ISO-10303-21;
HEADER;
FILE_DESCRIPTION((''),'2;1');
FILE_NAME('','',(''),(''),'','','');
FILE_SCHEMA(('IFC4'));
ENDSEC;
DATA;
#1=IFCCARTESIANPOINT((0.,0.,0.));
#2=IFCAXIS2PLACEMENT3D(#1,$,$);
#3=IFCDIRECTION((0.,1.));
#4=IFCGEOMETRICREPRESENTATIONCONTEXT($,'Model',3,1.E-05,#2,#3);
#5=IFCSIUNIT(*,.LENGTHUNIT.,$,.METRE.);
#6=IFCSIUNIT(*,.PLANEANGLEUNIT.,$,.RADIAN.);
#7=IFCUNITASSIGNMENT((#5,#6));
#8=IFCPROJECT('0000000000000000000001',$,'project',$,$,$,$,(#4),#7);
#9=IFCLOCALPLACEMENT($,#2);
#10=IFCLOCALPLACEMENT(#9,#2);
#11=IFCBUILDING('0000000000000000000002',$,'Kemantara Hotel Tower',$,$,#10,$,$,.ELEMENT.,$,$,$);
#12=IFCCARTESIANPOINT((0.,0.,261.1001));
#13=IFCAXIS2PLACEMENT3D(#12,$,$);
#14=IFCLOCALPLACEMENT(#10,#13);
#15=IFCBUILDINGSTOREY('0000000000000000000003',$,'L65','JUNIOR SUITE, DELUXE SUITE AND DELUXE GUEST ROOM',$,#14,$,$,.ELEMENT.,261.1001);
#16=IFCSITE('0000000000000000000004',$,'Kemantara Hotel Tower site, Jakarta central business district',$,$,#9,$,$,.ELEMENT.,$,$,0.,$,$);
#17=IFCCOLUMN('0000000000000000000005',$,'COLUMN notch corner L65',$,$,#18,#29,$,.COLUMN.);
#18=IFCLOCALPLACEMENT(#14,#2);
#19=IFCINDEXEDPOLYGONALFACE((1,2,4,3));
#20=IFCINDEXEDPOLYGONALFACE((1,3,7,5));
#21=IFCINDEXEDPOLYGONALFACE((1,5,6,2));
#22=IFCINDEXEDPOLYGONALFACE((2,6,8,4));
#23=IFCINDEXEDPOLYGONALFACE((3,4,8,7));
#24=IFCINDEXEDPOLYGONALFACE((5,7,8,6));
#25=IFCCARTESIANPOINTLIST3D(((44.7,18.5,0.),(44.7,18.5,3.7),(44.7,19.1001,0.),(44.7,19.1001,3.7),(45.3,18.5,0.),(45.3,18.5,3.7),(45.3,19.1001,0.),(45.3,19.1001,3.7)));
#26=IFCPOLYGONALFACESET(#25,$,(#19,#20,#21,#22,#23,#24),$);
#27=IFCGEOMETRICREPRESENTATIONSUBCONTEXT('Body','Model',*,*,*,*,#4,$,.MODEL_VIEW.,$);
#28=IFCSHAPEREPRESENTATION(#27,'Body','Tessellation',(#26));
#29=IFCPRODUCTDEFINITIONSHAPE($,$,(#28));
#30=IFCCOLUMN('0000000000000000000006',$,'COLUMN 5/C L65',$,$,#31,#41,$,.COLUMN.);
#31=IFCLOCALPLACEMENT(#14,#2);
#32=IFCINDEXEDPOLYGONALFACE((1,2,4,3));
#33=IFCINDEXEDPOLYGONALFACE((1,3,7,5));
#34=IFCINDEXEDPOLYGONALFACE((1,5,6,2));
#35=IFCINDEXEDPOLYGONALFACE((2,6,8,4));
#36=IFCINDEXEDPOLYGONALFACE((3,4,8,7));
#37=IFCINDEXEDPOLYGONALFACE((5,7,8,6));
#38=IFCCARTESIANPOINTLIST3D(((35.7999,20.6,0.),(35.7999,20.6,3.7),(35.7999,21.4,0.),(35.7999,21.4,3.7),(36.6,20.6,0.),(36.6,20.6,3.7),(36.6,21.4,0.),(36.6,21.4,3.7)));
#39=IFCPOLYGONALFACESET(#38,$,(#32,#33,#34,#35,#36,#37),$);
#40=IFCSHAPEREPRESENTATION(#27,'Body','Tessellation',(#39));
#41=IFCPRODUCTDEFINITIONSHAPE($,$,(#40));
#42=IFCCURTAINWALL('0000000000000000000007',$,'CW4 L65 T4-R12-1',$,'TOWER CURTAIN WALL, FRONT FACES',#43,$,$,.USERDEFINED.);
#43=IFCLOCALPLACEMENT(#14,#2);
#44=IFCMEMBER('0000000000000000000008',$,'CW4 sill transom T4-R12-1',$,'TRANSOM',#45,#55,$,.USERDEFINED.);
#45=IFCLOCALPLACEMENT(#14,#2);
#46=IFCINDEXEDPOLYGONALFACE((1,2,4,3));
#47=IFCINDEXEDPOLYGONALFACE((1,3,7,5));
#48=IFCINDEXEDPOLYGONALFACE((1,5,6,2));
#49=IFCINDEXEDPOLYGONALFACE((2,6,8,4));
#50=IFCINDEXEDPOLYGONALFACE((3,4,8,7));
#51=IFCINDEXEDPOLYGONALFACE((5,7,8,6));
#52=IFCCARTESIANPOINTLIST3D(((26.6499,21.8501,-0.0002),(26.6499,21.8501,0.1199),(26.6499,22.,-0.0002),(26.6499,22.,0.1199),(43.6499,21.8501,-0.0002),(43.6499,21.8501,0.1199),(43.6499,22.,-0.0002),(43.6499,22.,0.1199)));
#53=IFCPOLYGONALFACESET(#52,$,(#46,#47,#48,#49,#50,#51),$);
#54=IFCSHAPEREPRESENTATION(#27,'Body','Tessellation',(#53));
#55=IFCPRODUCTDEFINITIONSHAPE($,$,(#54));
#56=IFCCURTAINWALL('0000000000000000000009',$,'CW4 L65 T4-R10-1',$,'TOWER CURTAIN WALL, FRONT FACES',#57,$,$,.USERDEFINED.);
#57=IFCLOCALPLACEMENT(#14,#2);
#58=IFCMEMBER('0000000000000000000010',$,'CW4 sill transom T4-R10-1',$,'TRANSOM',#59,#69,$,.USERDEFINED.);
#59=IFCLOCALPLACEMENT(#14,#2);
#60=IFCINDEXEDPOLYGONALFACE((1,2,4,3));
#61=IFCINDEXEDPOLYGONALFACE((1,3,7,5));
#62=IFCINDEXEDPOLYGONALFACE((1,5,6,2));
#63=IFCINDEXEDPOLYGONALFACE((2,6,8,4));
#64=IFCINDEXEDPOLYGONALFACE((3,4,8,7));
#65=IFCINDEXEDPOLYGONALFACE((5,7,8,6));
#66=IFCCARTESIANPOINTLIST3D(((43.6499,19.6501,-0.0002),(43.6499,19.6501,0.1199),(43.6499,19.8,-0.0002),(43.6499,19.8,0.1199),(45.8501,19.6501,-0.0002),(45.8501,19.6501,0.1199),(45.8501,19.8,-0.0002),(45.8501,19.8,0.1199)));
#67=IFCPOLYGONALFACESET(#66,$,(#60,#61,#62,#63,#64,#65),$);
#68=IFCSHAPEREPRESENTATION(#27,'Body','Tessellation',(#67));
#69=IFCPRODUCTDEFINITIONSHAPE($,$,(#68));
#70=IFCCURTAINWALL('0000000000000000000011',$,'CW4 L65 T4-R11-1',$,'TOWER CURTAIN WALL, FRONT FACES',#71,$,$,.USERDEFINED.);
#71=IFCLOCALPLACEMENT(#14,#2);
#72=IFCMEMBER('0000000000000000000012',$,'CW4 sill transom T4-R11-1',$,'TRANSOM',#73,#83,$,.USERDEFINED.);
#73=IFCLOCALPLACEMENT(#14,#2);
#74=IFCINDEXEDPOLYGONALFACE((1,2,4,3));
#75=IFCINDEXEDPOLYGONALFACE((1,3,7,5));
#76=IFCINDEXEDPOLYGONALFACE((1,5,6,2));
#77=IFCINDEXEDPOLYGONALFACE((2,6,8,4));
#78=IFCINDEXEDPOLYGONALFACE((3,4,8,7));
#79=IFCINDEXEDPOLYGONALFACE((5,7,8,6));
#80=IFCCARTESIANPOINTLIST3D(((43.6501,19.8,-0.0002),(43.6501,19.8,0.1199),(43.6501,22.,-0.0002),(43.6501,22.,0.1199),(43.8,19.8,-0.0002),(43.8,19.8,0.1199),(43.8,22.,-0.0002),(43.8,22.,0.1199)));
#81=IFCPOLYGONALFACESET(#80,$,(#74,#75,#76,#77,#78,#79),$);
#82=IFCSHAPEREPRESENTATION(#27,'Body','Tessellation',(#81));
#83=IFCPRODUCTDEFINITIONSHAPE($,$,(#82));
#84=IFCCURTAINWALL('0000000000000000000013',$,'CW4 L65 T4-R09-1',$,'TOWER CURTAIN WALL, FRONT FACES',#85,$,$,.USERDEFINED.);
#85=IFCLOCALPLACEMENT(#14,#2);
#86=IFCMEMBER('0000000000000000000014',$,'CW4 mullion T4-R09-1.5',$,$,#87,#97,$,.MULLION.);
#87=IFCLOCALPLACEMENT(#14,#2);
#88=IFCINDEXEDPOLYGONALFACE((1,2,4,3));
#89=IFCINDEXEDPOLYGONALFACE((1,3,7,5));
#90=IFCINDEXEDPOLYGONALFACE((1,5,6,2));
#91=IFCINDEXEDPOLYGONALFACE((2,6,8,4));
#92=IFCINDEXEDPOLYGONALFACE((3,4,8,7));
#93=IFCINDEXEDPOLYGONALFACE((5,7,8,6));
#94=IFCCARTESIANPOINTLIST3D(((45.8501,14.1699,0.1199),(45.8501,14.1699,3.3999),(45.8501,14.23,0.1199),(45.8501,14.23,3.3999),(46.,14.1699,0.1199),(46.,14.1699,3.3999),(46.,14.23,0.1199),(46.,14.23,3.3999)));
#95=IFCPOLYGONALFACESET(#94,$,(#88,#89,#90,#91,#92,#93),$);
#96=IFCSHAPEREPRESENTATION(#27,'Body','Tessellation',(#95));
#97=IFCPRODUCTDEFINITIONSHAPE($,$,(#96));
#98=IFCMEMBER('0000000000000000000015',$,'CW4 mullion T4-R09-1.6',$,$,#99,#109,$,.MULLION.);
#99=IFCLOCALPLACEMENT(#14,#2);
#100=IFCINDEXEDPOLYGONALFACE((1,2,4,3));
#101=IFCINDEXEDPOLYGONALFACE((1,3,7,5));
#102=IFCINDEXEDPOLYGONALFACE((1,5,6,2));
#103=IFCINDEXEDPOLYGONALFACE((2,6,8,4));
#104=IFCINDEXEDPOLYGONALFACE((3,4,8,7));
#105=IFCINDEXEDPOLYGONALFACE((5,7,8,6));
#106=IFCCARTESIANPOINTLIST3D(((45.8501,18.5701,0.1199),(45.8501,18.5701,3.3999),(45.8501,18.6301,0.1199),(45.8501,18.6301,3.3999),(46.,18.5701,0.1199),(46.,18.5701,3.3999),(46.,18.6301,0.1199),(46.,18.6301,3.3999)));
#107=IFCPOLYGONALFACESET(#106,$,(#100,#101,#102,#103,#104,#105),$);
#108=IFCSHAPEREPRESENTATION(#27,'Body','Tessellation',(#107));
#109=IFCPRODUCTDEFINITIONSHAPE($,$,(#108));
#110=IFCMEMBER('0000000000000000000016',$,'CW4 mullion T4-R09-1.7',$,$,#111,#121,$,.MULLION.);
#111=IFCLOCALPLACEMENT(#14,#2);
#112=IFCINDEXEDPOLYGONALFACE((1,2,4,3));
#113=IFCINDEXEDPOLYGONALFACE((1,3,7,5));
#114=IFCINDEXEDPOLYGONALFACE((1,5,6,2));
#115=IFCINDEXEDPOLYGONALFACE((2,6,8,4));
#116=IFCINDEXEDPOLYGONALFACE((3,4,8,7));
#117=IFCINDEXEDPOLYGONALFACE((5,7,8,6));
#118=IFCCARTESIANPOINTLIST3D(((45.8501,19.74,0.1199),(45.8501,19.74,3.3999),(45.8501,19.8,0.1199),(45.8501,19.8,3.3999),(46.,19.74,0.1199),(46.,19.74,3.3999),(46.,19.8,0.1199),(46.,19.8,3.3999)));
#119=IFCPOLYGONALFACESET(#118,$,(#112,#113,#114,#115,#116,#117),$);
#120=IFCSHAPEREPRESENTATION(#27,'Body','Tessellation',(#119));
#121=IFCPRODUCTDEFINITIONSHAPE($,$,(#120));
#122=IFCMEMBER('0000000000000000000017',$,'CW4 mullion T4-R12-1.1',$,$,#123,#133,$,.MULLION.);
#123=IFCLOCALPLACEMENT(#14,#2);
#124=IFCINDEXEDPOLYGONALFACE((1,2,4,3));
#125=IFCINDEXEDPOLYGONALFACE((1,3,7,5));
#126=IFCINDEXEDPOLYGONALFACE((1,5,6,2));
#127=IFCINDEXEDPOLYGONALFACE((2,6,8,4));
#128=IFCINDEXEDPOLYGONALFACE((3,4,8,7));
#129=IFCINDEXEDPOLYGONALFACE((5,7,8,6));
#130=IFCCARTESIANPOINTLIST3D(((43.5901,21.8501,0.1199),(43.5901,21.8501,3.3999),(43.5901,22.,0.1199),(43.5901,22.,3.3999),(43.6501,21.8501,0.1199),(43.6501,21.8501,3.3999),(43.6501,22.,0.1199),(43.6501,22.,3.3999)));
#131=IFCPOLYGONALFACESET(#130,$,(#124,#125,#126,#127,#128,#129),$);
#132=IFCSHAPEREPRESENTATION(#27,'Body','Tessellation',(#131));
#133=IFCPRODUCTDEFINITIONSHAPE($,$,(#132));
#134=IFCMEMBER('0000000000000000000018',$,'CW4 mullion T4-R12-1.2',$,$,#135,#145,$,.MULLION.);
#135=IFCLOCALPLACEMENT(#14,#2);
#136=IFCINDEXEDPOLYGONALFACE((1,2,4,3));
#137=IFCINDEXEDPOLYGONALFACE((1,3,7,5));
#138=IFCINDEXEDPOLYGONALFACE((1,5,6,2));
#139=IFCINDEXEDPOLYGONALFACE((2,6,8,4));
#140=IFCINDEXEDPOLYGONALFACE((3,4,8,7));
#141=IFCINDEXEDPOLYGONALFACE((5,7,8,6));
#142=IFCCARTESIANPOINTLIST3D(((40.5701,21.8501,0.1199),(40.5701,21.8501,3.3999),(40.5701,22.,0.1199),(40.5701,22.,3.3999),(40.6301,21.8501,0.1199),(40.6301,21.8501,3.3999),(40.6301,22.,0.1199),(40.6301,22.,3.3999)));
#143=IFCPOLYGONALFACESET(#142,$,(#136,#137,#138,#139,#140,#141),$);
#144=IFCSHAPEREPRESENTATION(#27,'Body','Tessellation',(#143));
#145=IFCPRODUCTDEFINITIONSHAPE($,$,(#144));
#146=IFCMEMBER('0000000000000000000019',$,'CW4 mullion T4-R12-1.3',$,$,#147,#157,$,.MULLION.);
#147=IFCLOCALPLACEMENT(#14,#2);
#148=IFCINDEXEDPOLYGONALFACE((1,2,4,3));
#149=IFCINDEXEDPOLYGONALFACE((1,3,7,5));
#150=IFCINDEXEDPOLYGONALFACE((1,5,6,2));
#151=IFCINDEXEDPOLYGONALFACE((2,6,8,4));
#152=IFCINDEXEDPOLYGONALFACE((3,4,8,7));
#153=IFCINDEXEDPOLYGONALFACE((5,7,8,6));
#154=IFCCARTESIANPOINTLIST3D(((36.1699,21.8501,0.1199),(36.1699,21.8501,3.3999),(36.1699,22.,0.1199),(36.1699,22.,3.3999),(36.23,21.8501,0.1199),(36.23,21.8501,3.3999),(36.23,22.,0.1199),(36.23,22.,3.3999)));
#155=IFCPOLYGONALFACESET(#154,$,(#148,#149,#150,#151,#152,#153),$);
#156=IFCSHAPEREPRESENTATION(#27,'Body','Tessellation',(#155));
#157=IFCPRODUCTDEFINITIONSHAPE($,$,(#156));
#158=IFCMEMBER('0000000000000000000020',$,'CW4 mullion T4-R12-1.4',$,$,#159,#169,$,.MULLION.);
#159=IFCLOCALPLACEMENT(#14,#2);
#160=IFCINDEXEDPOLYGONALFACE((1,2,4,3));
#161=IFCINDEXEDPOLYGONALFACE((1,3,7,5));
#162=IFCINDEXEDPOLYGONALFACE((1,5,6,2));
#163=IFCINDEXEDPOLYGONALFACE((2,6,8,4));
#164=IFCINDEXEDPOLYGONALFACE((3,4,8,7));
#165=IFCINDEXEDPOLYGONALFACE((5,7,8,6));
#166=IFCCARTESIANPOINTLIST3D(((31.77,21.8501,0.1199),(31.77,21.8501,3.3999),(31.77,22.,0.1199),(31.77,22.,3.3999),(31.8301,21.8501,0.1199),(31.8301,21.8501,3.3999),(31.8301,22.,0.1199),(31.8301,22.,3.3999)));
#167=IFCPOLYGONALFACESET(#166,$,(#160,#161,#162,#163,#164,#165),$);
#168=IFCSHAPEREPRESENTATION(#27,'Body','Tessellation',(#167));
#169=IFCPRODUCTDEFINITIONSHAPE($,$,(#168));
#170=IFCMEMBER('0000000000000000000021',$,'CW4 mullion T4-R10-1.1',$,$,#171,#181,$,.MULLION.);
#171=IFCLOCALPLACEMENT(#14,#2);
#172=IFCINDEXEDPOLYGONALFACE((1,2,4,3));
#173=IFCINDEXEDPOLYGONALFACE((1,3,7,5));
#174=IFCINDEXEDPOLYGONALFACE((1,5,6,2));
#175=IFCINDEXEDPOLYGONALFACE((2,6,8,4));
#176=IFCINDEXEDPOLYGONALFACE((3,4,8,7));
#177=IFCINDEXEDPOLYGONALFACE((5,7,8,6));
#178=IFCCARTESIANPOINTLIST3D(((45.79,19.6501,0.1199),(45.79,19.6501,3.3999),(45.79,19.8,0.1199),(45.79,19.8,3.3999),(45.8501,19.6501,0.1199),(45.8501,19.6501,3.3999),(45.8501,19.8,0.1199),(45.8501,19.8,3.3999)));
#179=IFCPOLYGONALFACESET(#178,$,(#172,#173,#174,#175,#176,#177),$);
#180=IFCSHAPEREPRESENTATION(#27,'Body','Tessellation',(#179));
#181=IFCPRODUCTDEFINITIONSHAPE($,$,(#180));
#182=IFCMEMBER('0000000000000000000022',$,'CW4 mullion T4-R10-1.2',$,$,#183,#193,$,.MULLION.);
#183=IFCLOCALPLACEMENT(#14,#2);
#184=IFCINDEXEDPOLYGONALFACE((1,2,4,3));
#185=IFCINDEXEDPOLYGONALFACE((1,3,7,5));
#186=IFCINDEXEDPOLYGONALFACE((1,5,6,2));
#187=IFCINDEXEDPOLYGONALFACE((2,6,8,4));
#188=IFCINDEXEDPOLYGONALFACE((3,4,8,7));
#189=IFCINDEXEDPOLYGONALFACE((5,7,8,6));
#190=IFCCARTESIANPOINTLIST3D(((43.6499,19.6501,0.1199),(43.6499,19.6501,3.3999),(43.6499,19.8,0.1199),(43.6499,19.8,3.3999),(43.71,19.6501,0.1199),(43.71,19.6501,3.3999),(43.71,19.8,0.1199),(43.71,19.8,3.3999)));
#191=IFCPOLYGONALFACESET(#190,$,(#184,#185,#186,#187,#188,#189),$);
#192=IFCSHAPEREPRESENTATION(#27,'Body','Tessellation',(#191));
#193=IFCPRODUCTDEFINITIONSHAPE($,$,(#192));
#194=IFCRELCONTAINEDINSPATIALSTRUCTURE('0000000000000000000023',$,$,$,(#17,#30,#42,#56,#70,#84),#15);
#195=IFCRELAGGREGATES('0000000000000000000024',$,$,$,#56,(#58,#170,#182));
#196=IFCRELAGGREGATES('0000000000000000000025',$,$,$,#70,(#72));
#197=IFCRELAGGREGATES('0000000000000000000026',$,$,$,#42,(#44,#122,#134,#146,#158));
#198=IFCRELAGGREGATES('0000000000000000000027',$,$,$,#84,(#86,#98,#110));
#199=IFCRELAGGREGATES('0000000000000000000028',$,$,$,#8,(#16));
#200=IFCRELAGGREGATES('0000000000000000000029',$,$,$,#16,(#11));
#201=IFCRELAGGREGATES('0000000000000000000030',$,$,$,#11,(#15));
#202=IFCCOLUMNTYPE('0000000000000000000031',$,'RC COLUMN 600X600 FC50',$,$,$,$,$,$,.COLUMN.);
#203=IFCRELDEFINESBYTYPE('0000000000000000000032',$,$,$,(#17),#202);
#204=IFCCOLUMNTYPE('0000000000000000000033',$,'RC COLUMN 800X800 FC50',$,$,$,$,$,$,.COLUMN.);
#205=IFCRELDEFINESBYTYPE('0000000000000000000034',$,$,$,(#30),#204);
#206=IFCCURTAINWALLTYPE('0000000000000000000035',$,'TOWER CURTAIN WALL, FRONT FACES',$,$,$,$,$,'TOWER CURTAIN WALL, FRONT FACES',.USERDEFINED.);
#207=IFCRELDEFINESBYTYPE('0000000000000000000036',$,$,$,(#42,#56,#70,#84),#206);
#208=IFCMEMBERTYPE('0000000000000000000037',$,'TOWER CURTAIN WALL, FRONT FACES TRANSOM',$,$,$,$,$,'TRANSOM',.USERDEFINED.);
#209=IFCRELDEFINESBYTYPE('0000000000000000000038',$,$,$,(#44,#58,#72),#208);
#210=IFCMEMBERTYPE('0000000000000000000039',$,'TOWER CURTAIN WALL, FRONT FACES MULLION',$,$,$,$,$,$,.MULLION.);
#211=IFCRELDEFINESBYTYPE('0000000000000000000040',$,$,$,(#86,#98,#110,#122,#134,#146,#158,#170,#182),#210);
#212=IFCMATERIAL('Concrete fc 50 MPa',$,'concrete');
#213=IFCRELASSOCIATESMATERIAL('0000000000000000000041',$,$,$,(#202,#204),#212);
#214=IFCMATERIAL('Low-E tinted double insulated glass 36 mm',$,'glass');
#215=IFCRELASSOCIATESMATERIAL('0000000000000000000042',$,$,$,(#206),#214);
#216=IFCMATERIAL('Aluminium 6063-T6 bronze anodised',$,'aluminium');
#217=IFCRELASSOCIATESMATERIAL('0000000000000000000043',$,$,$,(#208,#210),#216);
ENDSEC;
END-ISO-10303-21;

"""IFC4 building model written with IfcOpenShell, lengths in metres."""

from ifc_helpers import new_model, si_unit, direction, frame, origin, origin_2d, place, context, subcontext, project, spatial, rectangle, extrude, source, transform, mapped, material, material_profile, profile_set, type_object, element, aggregate, save


model = new_model("IFC4")

# Units and contexts
model_context = context("Model", 3, precision=1e-05, world=origin(), true_north=direction((0.0, 1.0)))
body_context = subcontext(model_context, "Body", "Model", "MODEL_VIEW")
ifc_project = project(units=[si_unit("LENGTHUNIT", "METRE"), si_unit("PLANEANGLEUNIT", "RADIAN")], contexts=[model_context])

# Site, building, storey
site_placement = place(None, origin())
site = spatial("IfcSite", under=ifc_project, at=site_placement, Name="Kemantara Hotel Tower site, Jakarta central business district", CompositionType="ELEMENT", RefElevation=0.0)
building_placement = place(site_placement, origin())
building = spatial("IfcBuilding", under=site, at=building_placement, Name="Kemantara Hotel Tower", CompositionType="ELEMENT")
storey_placement = place(building_placement, frame((0.0, 0.0, 261.1001)))
storey = spatial("IfcBuildingStorey", under=building, at=storey_placement, Name="L65", Description="JUNIOR SUITE, DELUXE SUITE AND DELUXE GUEST ROOM", CompositionType="ELEMENT", Elevation=261.1001)

# Columns
ifc_material_1 = material(Name="Concrete fc 50 MPa", Category="concrete")
ifc_material_profile_1 = material_profile(ifc_material_1, rectangle(XDim=0.6001, YDim=0.6001, at=origin_2d()), Name="RC 600X600")
ifc_profile_set_1 = profile_set([ifc_material_profile_1], Name="Concrete fc 50 MPa")
column_type_1 = type_object("IfcColumnType", Name="RC COLUMN 600X600 FC50", PredefinedType="COLUMN", material=ifc_profile_set_1)
column_1_placement = place(storey_placement, frame((45.0, 18.8, 0.0), z_axis=(0.0, 0.0, 1.0), x_axis=(1.0, 0.0, 0.0)))
element("IfcColumn", 1, at=column_1_placement, inside=storey, type_object=column_type_1, Name="COLUMN notch corner L65", PredefinedType="COLUMN", context=body_context, shape_type="SweptSolid", body=[
    extrude(rectangle(XDim=0.6001, YDim=0.6001, at=origin_2d()), origin(), (0.0, 0.0, 1.0), 3.7),
])
ifc_material_profile_2 = material_profile(ifc_material_1, rectangle(XDim=0.8, YDim=0.8, at=origin_2d()), Name="RC 800X800")
ifc_profile_set_2 = profile_set([ifc_material_profile_2], Name="Concrete fc 50 MPa")
column_type_2 = type_object("IfcColumnType", Name="RC COLUMN 800X800 FC50", PredefinedType="COLUMN", material=ifc_profile_set_2)
column_2_placement = place(storey_placement, frame((36.2, 21.0, 0.0), z_axis=(0.0, 0.0, 1.0), x_axis=(1.0, 0.0, 0.0)))
element("IfcColumn", 2, at=column_2_placement, inside=storey, type_object=column_type_2, Name="COLUMN 5/C L65", PredefinedType="COLUMN", context=body_context, shape_type="SweptSolid", body=[
    extrude(rectangle(XDim=0.8, YDim=0.8, at=origin_2d()), origin(), (0.0, 0.0, 1.0), 3.7),
])

# Curtain walls, members
ifc_material_2 = material(Name="Low-E tinted double insulated glass 36 mm", Category="glass")
curtain_wall_type = type_object("IfcCurtainWallType", Name="TOWER CURTAIN WALL, FRONT FACES", ElementType="TOWER CURTAIN WALL, FRONT FACES", PredefinedType="USERDEFINED", material=ifc_material_2)
curtain_wall_1_placement = place(storey_placement, origin())
curtain_wall_1 = element("IfcCurtainWall", 3, at=curtain_wall_1_placement, inside=storey, type_object=curtain_wall_type, Name="CW4 L65 T4-R12-1", ObjectType="TOWER CURTAIN WALL, FRONT FACES", PredefinedType="USERDEFINED")
ifc_material_3 = material(Name="Aluminium 6063-T6 bronze anodised", Category="aluminium")
ifc_material_profile_3 = material_profile(ifc_material_3, rectangle(XDim=0.1499, YDim=0.1201, at=origin_2d()), Name="TOWER CURTAIN WALL, FRONT FACES TRANSOM")
ifc_profile_set_3 = profile_set([ifc_material_profile_3], Name="Aluminium 6063-T6 bronze anodised")
member_type_1 = type_object("IfcMemberType", Name="TOWER CURTAIN WALL, FRONT FACES TRANSOM", ElementType="TRANSOM", PredefinedType="USERDEFINED", material=ifc_profile_set_3)
member_1_placement = place(storey_placement, frame((43.6499, 21.925, 0.0598), z_axis=(-1.0, 0.0, 0.0), x_axis=(0.0, -1.0, 0.0)))
member_1 = element("IfcMember", 4, at=member_1_placement, type_object=member_type_1, Name="CW4 sill transom T4-R12-1", ObjectType="TRANSOM", PredefinedType="USERDEFINED", context=body_context, shape_type="SweptSolid", body=[
    extrude(rectangle(XDim=0.1499, YDim=0.1201, at=origin_2d()), origin(), (0.0, 0.0, 1.0), 17.0),
])
curtain_wall_2_placement = place(storey_placement, origin())
curtain_wall_2 = element("IfcCurtainWall", 5, at=curtain_wall_2_placement, inside=storey, type_object=curtain_wall_type, Name="CW4 L65 T4-R10-1", ObjectType="TOWER CURTAIN WALL, FRONT FACES", PredefinedType="USERDEFINED")
member_2_placement = place(storey_placement, frame((45.8501, 19.7251, 0.0598), z_axis=(-1.0, 0.0, 0.0), x_axis=(0.0, -1.0, 0.0)))
member_2 = element("IfcMember", 6, at=member_2_placement, type_object=member_type_1, Name="CW4 sill transom T4-R10-1", ObjectType="TRANSOM", PredefinedType="USERDEFINED", context=body_context, shape_type="SweptSolid", body=[
    extrude(rectangle(XDim=0.1499, YDim=0.1201, at=origin_2d()), origin(), (0.0, 0.0, 1.0), 2.2002),
])
curtain_wall_3_placement = place(storey_placement, origin())
curtain_wall_3 = element("IfcCurtainWall", 7, at=curtain_wall_3_placement, inside=storey, type_object=curtain_wall_type, Name="CW4 L65 T4-R11-1", ObjectType="TOWER CURTAIN WALL, FRONT FACES", PredefinedType="USERDEFINED")
member_3_placement = place(storey_placement, frame((43.7251, 19.8, 0.0598), z_axis=(0.0, 1.0, 0.0), x_axis=(-1.0, 0.0, 0.0)))
member_3 = element("IfcMember", 8, at=member_3_placement, type_object=member_type_1, Name="CW4 sill transom T4-R11-1", ObjectType="TRANSOM", PredefinedType="USERDEFINED", context=body_context, shape_type="SweptSolid", body=[
    extrude(rectangle(XDim=0.1499, YDim=0.1201, at=origin_2d()), origin(), (0.0, 0.0, 1.0), 2.2),
])

# Curtain wall, members
curtain_wall_4_placement = place(storey_placement, origin())
curtain_wall_4 = element("IfcCurtainWall", 9, at=curtain_wall_4_placement, inside=storey, type_object=curtain_wall_type, Name="CW4 L65 T4-R09-1", ObjectType="TOWER CURTAIN WALL, FRONT FACES", PredefinedType="USERDEFINED")
ifc_material_profile_4 = material_profile(ifc_material_3, rectangle(XDim=0.1499, YDim=0.0601, at=origin_2d()), Name="TOWER CURTAIN WALL, FRONT FACES MULLION")
ifc_profile_set_4 = profile_set([ifc_material_profile_4], Name="Aluminium 6063-T6 bronze anodised")
member_type_2 = type_object("IfcMemberType", Name="TOWER CURTAIN WALL, FRONT FACES MULLION", PredefinedType="MULLION", material=ifc_profile_set_4)
shared_shape_1 = source(origin(), body_context, "Body", "SweptSolid", [
    extrude(rectangle(XDim=0.1499, YDim=0.0601, at=origin_2d()), origin(), (0.0, 0.0, 1.0), 3.28),
])
member_4_placement = place(storey_placement, frame((45.925, 14.2, 0.1199), z_axis=(0.0, 0.0, 1.0), x_axis=(-1.0, 0.0, 0.0)))
member_4 = element("IfcMember", 10, at=member_4_placement, type_object=member_type_2, Name="CW4 mullion T4-R09-1.5", PredefinedType="MULLION", context=body_context, shape_type="MappedRepresentation", body=[
    mapped(shared_shape_1, transform((0.0, 0.0, 0.0))),
])
member_5_placement = place(storey_placement, frame((45.925, 18.6001, 0.1199), z_axis=(0.0, 0.0, 1.0), x_axis=(-1.0, 0.0, 0.0)))
member_5 = element("IfcMember", 11, at=member_5_placement, type_object=member_type_2, Name="CW4 mullion T4-R09-1.6", PredefinedType="MULLION", context=body_context, shape_type="MappedRepresentation", body=[
    mapped(shared_shape_1, transform((0.0, 0.0, 0.0))),
])
member_6_placement = place(storey_placement, frame((45.925, 19.77, 0.1199), z_axis=(0.0, 0.0, 1.0), x_axis=(-1.0, 0.0, 0.0)))
member_6 = element("IfcMember", 12, at=member_6_placement, type_object=member_type_2, Name="CW4 mullion T4-R09-1.7", PredefinedType="MULLION", context=body_context, shape_type="MappedRepresentation", body=[
    mapped(shared_shape_1, transform((0.0, 0.0, 0.0))),
])

# Members
member_7_placement = place(storey_placement, frame((43.6201, 21.925, 0.1199), z_axis=(0.0, 0.0, 1.0), x_axis=(0.0, -1.0, 0.0)))
member_7 = element("IfcMember", 13, at=member_7_placement, type_object=member_type_2, Name="CW4 mullion T4-R12-1.1", PredefinedType="MULLION", context=body_context, shape_type="MappedRepresentation", body=[
    mapped(shared_shape_1, transform((0.0, 0.0, 0.0))),
])
member_8_placement = place(storey_placement, frame((40.6001, 21.925, 0.1199), z_axis=(0.0, 0.0, 1.0), x_axis=(0.0, -1.0, 0.0)))
member_8 = element("IfcMember", 14, at=member_8_placement, type_object=member_type_2, Name="CW4 mullion T4-R12-1.2", PredefinedType="MULLION", context=body_context, shape_type="MappedRepresentation", body=[
    mapped(shared_shape_1, transform((0.0, 0.0, 0.0))),
])
member_9_placement = place(storey_placement, frame((36.2, 21.925, 0.1199), z_axis=(0.0, 0.0, 1.0), x_axis=(0.0, -1.0, 0.0)))
member_9 = element("IfcMember", 15, at=member_9_placement, type_object=member_type_2, Name="CW4 mullion T4-R12-1.3", PredefinedType="MULLION", context=body_context, shape_type="MappedRepresentation", body=[
    mapped(shared_shape_1, transform((0.0, 0.0, 0.0))),
])
member_10_placement = place(storey_placement, frame((31.8, 21.925, 0.1199), z_axis=(0.0, 0.0, 1.0), x_axis=(0.0, -1.0, 0.0)))
member_10 = element("IfcMember", 16, at=member_10_placement, type_object=member_type_2, Name="CW4 mullion T4-R12-1.4", PredefinedType="MULLION", context=body_context, shape_type="MappedRepresentation", body=[
    mapped(shared_shape_1, transform((0.0, 0.0, 0.0))),
])
member_11_placement = place(storey_placement, frame((45.8201, 19.7251, 0.1199), z_axis=(0.0, 0.0, 1.0), x_axis=(0.0, -1.0, 0.0)))
member_11 = element("IfcMember", 17, at=member_11_placement, type_object=member_type_2, Name="CW4 mullion T4-R10-1.1", PredefinedType="MULLION", context=body_context, shape_type="MappedRepresentation", body=[
    mapped(shared_shape_1, transform((0.0, 0.0, 0.0))),
])
member_12_placement = place(storey_placement, frame((43.6799, 19.7251, 0.1199), z_axis=(0.0, 0.0, 1.0), x_axis=(0.0, -1.0, 0.0)))
member_12 = element("IfcMember", 18, at=member_12_placement, type_object=member_type_2, Name="CW4 mullion T4-R10-1.2", PredefinedType="MULLION", context=body_context, shape_type="MappedRepresentation", body=[
    mapped(shared_shape_1, transform((0.0, 0.0, 0.0))),
])

aggregate(curtain_wall_2, [member_2, member_11, member_12])
aggregate(curtain_wall_3, [member_3])
aggregate(curtain_wall_1, [member_1, member_7, member_8, member_9, member_10])
aggregate(curtain_wall_4, [member_4, member_5, member_6])

save(model, "model.ifc")
